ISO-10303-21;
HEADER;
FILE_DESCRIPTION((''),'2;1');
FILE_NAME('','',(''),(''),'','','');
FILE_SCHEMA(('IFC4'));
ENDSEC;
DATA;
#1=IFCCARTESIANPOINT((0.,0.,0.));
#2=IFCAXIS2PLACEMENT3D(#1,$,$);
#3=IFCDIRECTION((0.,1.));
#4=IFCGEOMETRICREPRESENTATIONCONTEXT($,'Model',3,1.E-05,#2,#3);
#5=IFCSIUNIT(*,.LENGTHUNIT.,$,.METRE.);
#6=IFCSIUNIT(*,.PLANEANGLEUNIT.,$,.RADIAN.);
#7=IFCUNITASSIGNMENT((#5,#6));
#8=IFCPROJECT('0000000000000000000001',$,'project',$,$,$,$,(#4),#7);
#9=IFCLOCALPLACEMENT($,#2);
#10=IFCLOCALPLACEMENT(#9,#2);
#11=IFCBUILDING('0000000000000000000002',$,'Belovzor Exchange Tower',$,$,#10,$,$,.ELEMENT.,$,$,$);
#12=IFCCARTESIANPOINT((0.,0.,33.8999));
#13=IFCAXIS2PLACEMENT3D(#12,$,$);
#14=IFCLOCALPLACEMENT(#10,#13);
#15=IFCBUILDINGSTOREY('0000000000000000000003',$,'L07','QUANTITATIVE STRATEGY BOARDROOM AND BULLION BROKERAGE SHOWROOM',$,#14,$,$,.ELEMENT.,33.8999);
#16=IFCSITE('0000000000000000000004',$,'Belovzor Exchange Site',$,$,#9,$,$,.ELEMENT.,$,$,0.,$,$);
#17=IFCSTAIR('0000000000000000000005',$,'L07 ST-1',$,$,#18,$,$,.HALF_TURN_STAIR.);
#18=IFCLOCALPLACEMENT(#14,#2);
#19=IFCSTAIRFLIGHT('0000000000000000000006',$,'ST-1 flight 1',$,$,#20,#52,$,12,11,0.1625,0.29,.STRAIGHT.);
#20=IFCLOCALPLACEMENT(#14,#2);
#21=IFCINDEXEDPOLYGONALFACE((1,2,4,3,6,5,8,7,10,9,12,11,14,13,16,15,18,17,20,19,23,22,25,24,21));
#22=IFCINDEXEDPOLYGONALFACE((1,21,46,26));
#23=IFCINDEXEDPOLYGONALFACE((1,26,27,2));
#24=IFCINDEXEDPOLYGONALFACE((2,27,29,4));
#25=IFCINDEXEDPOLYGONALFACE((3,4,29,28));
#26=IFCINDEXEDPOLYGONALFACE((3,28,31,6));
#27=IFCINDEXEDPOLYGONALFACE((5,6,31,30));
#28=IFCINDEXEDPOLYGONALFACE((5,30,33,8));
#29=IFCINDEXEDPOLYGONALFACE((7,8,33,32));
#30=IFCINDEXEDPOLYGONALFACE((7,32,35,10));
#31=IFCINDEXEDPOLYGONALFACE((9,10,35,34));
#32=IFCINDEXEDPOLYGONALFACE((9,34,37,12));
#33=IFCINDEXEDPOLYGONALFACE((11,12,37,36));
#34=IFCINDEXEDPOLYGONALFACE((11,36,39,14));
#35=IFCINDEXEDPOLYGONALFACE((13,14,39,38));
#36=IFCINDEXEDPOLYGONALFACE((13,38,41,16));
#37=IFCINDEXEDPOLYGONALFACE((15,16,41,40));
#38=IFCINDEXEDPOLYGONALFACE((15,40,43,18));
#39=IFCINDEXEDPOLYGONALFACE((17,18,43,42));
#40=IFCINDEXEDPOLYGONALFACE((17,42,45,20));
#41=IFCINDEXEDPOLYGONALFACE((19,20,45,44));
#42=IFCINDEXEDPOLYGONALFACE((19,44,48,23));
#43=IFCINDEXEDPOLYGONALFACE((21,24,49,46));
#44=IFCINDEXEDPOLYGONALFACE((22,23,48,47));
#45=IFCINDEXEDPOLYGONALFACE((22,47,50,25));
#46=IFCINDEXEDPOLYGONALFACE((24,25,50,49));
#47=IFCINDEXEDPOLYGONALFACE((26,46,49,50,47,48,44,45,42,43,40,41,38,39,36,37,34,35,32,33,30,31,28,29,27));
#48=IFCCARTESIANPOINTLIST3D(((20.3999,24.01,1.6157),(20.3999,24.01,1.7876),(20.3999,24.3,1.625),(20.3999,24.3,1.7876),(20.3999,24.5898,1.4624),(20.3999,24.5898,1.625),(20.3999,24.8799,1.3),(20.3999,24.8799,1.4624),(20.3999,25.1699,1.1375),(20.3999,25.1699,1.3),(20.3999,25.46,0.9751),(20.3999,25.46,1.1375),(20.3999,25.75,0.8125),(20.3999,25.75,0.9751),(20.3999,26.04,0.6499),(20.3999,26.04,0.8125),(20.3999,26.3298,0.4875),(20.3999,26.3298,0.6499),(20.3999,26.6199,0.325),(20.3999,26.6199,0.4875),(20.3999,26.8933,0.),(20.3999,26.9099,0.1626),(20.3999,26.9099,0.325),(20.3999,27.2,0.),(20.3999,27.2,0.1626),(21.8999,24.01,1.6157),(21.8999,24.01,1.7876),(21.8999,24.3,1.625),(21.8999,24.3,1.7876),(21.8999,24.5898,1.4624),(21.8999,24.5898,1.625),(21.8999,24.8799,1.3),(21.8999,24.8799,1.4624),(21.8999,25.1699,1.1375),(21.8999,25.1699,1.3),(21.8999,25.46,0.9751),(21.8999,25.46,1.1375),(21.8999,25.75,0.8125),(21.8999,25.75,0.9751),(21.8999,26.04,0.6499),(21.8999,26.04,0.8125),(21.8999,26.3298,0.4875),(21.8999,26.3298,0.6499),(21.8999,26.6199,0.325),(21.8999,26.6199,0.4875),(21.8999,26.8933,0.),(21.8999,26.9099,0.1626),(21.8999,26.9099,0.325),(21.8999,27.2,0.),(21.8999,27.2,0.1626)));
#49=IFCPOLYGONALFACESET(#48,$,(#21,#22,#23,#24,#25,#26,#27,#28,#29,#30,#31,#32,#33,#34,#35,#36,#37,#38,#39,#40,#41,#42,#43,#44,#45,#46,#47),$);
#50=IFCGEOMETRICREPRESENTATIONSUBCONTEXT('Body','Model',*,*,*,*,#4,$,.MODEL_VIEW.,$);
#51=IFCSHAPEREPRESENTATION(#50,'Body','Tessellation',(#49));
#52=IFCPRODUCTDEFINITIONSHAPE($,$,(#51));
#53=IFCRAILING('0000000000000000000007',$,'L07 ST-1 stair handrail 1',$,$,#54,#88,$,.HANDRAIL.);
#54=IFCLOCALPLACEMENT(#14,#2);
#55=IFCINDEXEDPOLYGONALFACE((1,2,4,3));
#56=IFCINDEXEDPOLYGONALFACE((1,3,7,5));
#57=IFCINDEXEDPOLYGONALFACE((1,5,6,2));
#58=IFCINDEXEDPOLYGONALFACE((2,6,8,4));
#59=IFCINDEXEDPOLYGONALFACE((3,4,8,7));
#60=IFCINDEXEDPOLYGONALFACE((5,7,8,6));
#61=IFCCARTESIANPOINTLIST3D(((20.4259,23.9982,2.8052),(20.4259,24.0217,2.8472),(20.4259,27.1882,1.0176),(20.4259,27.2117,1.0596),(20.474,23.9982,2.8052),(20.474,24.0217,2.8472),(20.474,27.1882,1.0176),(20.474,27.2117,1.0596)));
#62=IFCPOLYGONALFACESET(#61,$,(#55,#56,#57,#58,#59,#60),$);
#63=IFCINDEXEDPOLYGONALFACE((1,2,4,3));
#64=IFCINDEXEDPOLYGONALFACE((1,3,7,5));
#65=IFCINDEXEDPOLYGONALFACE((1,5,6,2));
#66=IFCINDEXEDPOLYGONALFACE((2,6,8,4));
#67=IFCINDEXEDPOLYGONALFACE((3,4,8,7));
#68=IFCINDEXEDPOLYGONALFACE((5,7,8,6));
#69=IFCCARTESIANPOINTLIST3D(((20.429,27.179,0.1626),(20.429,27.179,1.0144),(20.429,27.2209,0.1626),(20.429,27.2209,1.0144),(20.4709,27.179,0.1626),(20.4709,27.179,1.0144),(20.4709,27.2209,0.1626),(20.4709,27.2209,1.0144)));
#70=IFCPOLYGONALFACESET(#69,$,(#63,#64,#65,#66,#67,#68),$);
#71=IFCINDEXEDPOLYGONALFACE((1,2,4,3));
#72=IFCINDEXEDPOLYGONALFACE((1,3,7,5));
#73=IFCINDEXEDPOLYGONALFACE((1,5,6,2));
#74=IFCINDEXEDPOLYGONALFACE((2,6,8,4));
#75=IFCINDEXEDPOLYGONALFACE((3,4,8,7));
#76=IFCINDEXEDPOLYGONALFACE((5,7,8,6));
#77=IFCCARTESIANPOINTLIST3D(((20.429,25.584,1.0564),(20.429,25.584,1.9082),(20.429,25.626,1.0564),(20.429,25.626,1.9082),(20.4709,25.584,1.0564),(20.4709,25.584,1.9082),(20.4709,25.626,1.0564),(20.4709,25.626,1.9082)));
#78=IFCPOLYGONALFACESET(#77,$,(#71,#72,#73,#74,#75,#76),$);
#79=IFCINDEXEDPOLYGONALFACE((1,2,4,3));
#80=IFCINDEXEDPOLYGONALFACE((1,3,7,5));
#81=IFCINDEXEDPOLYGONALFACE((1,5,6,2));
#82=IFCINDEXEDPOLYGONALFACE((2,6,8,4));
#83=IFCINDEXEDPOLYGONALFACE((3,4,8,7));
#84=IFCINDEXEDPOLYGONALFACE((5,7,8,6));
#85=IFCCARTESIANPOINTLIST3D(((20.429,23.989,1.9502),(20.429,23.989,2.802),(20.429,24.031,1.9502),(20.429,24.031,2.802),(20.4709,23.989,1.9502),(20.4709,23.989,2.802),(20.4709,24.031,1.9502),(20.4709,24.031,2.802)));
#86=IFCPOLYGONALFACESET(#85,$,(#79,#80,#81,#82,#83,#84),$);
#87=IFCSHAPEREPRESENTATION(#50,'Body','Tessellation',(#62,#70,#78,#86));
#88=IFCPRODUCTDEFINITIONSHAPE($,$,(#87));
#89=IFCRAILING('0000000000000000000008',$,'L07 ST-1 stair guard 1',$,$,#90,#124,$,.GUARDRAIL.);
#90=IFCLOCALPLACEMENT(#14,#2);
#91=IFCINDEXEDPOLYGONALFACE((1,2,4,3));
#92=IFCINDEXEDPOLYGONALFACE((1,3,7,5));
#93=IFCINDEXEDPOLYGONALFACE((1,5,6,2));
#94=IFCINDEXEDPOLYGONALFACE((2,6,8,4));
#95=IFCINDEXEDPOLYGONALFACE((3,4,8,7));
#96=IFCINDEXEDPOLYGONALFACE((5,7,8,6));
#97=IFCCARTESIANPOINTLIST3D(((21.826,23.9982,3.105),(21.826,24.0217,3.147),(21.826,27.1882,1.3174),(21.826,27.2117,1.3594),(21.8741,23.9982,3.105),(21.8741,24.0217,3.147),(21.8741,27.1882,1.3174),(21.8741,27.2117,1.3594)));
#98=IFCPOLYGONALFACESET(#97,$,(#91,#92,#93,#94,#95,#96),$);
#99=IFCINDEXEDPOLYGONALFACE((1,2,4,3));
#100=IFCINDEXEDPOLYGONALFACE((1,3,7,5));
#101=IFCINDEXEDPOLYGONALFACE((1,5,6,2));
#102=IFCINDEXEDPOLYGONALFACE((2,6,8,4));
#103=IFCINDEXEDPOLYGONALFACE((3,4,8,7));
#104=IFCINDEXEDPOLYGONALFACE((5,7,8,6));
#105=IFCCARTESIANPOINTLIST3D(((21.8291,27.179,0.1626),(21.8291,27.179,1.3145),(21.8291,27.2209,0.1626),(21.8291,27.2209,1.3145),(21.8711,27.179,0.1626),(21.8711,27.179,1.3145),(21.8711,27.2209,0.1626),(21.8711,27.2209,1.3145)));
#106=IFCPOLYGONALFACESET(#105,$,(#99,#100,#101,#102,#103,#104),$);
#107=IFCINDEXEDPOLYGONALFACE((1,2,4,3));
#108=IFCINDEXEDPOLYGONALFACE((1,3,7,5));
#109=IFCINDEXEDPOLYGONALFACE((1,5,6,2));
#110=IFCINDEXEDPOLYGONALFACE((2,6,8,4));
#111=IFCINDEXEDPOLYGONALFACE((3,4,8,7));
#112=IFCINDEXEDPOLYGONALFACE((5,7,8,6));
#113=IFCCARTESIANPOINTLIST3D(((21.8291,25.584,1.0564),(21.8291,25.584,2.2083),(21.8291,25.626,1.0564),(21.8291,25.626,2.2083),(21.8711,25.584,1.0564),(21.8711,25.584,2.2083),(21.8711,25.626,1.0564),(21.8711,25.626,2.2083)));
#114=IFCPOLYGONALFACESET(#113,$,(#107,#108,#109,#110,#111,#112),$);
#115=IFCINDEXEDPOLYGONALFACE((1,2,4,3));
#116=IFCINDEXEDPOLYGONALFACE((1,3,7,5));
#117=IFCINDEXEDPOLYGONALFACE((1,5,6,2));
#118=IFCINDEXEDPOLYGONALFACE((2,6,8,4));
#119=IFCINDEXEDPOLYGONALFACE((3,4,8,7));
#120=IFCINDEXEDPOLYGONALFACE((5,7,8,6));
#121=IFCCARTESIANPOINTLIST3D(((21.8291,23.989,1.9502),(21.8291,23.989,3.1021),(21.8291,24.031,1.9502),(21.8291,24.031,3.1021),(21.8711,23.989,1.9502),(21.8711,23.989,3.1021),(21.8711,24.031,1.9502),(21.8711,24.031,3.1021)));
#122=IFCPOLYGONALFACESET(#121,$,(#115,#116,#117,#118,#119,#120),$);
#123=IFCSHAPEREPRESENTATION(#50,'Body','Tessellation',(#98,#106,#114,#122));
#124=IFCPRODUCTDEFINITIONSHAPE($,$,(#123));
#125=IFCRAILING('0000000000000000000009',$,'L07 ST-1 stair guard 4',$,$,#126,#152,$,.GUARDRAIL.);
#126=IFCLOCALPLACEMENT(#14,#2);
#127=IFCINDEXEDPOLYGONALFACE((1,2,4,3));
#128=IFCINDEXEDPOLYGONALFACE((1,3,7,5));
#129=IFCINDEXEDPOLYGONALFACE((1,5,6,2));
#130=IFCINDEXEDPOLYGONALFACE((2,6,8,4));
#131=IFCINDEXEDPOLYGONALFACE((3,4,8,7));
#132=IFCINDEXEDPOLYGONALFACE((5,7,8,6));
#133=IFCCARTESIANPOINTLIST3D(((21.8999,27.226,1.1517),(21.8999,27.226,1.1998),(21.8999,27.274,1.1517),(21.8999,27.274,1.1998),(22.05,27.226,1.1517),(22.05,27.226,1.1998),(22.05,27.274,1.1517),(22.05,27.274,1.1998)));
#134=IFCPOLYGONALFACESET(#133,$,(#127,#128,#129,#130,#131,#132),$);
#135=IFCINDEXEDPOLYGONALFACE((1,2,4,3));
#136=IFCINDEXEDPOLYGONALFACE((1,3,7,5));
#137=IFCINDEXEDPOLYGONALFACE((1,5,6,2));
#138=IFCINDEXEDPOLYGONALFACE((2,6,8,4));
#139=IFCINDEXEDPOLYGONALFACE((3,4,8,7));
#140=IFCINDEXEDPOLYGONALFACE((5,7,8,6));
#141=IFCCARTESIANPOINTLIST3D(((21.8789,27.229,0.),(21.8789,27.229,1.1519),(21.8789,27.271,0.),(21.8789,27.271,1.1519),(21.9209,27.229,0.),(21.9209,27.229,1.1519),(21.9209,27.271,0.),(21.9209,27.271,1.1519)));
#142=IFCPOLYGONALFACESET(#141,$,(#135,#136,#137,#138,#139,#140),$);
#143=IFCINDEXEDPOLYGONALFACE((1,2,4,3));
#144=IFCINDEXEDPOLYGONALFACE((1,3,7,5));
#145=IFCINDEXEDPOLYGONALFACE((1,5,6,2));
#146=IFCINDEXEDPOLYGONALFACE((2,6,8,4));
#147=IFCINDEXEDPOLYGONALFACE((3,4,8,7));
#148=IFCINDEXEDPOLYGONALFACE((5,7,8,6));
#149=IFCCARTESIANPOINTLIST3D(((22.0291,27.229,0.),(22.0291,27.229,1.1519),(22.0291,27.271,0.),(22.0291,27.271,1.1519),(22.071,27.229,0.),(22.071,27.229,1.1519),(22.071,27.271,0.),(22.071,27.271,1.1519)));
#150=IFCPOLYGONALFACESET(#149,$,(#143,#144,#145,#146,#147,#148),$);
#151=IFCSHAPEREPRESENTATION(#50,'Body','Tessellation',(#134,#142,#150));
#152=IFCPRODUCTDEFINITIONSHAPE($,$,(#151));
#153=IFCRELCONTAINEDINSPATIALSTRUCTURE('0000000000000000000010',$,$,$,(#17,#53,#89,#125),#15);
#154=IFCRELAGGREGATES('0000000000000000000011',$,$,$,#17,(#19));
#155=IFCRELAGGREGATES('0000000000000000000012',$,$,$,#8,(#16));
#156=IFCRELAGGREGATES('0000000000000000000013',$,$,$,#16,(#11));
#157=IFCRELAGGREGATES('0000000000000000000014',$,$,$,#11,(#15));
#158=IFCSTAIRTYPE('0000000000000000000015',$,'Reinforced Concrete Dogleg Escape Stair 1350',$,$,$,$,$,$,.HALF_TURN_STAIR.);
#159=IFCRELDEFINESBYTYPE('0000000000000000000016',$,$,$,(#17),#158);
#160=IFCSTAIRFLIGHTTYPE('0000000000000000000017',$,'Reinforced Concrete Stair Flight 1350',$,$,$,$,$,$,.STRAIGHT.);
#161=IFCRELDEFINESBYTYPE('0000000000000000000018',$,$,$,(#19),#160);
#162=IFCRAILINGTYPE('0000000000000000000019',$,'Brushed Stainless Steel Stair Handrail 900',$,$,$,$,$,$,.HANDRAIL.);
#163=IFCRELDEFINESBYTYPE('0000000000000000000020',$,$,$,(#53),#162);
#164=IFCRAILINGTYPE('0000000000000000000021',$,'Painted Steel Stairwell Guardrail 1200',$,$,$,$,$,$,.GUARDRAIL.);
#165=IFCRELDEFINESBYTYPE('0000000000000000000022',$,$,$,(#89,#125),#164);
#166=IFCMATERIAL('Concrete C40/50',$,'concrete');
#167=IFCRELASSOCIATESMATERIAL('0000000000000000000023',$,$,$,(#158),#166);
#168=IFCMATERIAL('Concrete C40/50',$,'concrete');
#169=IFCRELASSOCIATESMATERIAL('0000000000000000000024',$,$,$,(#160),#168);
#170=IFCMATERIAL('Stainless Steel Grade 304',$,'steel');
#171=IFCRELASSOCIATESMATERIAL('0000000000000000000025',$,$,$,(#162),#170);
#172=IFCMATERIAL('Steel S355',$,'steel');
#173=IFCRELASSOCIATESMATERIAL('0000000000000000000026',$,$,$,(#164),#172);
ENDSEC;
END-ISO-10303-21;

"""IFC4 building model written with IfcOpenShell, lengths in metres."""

from ifc_helpers import new_model, si_unit, direction, frame, origin, origin_2d, place, context, subcontext, project, spatial, polyline, rectangle, outline, extrude, material, type_object, element, aggregate, save


model = new_model("IFC4")

# Units and contexts
model_context = context("Model", 3, precision=1e-05, world=origin(), true_north=direction((0.0, 1.0)))
body_context = subcontext(model_context, "Body", "Model", "MODEL_VIEW")
ifc_project = project(units=[si_unit("LENGTHUNIT", "METRE"), si_unit("PLANEANGLEUNIT", "RADIAN")], contexts=[model_context])

# Site, building, storey
site_placement = place(None, origin())
site = spatial("IfcSite", under=ifc_project, at=site_placement, Name="Belovzor Exchange Site", CompositionType="ELEMENT", RefElevation=0.0)
building_placement = place(site_placement, origin())
building = spatial("IfcBuilding", under=site, at=building_placement, Name="Belovzor Exchange Tower", CompositionType="ELEMENT")
storey_placement = place(building_placement, frame((0.0, 0.0, 33.8999)))
storey = spatial("IfcBuildingStorey", under=building, at=storey_placement, Name="L07", Description="QUANTITATIVE STRATEGY BOARDROOM AND BULLION BROKERAGE SHOWROOM", CompositionType="ELEMENT", Elevation=33.8999)

# Stair, stair flight
ifc_material_1 = material(Name="Concrete C40/50", Category="concrete")
stair_type = type_object("IfcStairType", Name="Reinforced Concrete Dogleg Escape Stair 1350", PredefinedType="HALF_TURN_STAIR", material=ifc_material_1)
stair_placement = place(storey_placement, origin())
stair = element("IfcStair", 1, at=stair_placement, inside=storey, type_object=stair_type, Name="L07 ST-1", PredefinedType="HALF_TURN_STAIR")
ifc_material_2 = material(Name="Concrete C40/50", Category="concrete")
stair_flight_type = type_object("IfcStairFlightType", Name="Reinforced Concrete Stair Flight 1350", PredefinedType="STRAIGHT", material=ifc_material_2)
stair_flight_placement = place(storey_placement, frame((21.1499, 27.2, 0.0), z_axis=(0.0, 0.0, 1.0), x_axis=(0.0, -1.0, 0.0)))
stair_flight = element("IfcStairFlight", 2, at=stair_flight_placement, type_object=stair_flight_type, Name="ST-1 flight 1", NumberOfRisers=12, NumberOfTreads=11, PredefinedType="STRAIGHT", RiserHeight=0.1625, TreadLength=0.29, context=body_context, shape_type="SweptSolid", body=[
    extrude(outline(polyline([(0.0, 0.0), (0.0, 0.1626), (0.29, 0.1626), (0.29, 0.325), (0.5801, 0.325), (0.5801, 0.4875), (0.8701, 0.4875), (0.8701, 0.6499), (1.1599, 0.6499), (1.1599, 0.8125), (1.45, 0.8125), (1.45, 0.9751), (1.74, 0.9751), (1.74, 1.1375), (2.03, 1.1375), (2.03, 1.3), (2.3201, 1.3), (2.3201, 1.4624), (2.6101, 1.4624), (2.6101, 1.625), (2.8999, 1.625), (2.8999, 1.7876), (3.1899, 1.7876), (3.1899, 1.95), (3.1899, 1.6157), (0.3066, 0.0), (0.0, 0.0)])), frame((0.0, 0.75, 0.0), z_axis=(0.0, -1.0, 0.0), x_axis=(1.0, 0.0, 0.0)), (0.0, 0.0, 1.0), 1.5),
])
aggregate(stair, [stair_flight])

# Railings
ifc_material_3 = material(Name="Stainless Steel Grade 304", Category="steel")
railing_type_1 = type_object("IfcRailingType", Name="Brushed Stainless Steel Stair Handrail 900", PredefinedType="HANDRAIL", material=ifc_material_3)
railing_1_placement = place(storey_placement, frame((20.45, 27.2, 0.1626)))
element("IfcRailing", 3, at=railing_1_placement, inside=storey, type_object=railing_type_1, Name="L07 ST-1 stair handrail 1", PredefinedType="HANDRAIL", context=body_context, shape_type="SweptSolid", body=[
    extrude(rectangle(XDim=0.0481, YDim=0.0481, at=origin_2d()), frame((0.0, 0.0, 0.876), z_axis=(0.0, -0.872363, 0.48886), x_axis=(1.0, 0.0, 0.0)), (0.0, 0.0, 1.0), 3.6567),
    extrude(rectangle(XDim=0.042, YDim=0.042, at=origin_2d()), origin(), (0.0, 0.0, 1.0), 0.8518),
    extrude(rectangle(XDim=0.042, YDim=0.042, at=origin_2d()), frame((0.0, -1.595, 0.8938)), (0.0, 0.0, 1.0), 0.8518),
    extrude(rectangle(XDim=0.042, YDim=0.042, at=origin_2d()), frame((0.0, -3.1899, 1.7876)), (0.0, 0.0, 1.0), 0.8518),
])
ifc_material_4 = material(Name="Steel S355", Category="steel")
railing_type_2 = type_object("IfcRailingType", Name="Painted Steel Stairwell Guardrail 1200", PredefinedType="GUARDRAIL", material=ifc_material_4)
railing_2_placement = place(storey_placement, frame((21.8501, 27.2, 0.1626)))
element("IfcRailing", 4, at=railing_2_placement, inside=storey, type_object=railing_type_2, Name="L07 ST-1 stair guard 1", PredefinedType="GUARDRAIL", context=body_context, shape_type="SweptSolid", body=[
    extrude(rectangle(XDim=0.0481, YDim=0.0481, at=origin_2d()), frame((0.0, 0.0, 1.1758), z_axis=(0.0, -0.872363, 0.48886), x_axis=(1.0, 0.0, 0.0)), (0.0, 0.0, 1.0), 3.6567),
    extrude(rectangle(XDim=0.042, YDim=0.042, at=origin_2d()), origin(), (0.0, 0.0, 1.0), 1.1519),
    extrude(rectangle(XDim=0.042, YDim=0.042, at=origin_2d()), frame((0.0, -1.595, 0.8938)), (0.0, 0.0, 1.0), 1.1519),
    extrude(rectangle(XDim=0.042, YDim=0.042, at=origin_2d()), frame((0.0, -3.1899, 1.7876)), (0.0, 0.0, 1.0), 1.1519),
])
railing_3_placement = place(storey_placement, frame((21.8999, 27.25, 0.0)))
element("IfcRailing", 5, at=railing_3_placement, inside=storey, type_object=railing_type_2, Name="L07 ST-1 stair guard 4", PredefinedType="GUARDRAIL", context=body_context, shape_type="SweptSolid", body=[
    extrude(rectangle(XDim=0.0481, YDim=0.0481, at=origin_2d()), frame((0.0, 0.0, 1.1758), z_axis=(1.0, 0.0, 0.0), x_axis=(0.0, 1.0, 0.0)), (0.0, 0.0, 1.0), 0.1501),
    extrude(rectangle(XDim=0.042, YDim=0.042, at=origin_2d()), origin(), (0.0, 0.0, 1.0), 1.1519),
    extrude(rectangle(XDim=0.042, YDim=0.042, at=origin_2d()), frame((0.1501, 0.0, 0.0)), (0.0, 0.0, 1.0), 1.1519),
])

save(model, "model.ifc")
